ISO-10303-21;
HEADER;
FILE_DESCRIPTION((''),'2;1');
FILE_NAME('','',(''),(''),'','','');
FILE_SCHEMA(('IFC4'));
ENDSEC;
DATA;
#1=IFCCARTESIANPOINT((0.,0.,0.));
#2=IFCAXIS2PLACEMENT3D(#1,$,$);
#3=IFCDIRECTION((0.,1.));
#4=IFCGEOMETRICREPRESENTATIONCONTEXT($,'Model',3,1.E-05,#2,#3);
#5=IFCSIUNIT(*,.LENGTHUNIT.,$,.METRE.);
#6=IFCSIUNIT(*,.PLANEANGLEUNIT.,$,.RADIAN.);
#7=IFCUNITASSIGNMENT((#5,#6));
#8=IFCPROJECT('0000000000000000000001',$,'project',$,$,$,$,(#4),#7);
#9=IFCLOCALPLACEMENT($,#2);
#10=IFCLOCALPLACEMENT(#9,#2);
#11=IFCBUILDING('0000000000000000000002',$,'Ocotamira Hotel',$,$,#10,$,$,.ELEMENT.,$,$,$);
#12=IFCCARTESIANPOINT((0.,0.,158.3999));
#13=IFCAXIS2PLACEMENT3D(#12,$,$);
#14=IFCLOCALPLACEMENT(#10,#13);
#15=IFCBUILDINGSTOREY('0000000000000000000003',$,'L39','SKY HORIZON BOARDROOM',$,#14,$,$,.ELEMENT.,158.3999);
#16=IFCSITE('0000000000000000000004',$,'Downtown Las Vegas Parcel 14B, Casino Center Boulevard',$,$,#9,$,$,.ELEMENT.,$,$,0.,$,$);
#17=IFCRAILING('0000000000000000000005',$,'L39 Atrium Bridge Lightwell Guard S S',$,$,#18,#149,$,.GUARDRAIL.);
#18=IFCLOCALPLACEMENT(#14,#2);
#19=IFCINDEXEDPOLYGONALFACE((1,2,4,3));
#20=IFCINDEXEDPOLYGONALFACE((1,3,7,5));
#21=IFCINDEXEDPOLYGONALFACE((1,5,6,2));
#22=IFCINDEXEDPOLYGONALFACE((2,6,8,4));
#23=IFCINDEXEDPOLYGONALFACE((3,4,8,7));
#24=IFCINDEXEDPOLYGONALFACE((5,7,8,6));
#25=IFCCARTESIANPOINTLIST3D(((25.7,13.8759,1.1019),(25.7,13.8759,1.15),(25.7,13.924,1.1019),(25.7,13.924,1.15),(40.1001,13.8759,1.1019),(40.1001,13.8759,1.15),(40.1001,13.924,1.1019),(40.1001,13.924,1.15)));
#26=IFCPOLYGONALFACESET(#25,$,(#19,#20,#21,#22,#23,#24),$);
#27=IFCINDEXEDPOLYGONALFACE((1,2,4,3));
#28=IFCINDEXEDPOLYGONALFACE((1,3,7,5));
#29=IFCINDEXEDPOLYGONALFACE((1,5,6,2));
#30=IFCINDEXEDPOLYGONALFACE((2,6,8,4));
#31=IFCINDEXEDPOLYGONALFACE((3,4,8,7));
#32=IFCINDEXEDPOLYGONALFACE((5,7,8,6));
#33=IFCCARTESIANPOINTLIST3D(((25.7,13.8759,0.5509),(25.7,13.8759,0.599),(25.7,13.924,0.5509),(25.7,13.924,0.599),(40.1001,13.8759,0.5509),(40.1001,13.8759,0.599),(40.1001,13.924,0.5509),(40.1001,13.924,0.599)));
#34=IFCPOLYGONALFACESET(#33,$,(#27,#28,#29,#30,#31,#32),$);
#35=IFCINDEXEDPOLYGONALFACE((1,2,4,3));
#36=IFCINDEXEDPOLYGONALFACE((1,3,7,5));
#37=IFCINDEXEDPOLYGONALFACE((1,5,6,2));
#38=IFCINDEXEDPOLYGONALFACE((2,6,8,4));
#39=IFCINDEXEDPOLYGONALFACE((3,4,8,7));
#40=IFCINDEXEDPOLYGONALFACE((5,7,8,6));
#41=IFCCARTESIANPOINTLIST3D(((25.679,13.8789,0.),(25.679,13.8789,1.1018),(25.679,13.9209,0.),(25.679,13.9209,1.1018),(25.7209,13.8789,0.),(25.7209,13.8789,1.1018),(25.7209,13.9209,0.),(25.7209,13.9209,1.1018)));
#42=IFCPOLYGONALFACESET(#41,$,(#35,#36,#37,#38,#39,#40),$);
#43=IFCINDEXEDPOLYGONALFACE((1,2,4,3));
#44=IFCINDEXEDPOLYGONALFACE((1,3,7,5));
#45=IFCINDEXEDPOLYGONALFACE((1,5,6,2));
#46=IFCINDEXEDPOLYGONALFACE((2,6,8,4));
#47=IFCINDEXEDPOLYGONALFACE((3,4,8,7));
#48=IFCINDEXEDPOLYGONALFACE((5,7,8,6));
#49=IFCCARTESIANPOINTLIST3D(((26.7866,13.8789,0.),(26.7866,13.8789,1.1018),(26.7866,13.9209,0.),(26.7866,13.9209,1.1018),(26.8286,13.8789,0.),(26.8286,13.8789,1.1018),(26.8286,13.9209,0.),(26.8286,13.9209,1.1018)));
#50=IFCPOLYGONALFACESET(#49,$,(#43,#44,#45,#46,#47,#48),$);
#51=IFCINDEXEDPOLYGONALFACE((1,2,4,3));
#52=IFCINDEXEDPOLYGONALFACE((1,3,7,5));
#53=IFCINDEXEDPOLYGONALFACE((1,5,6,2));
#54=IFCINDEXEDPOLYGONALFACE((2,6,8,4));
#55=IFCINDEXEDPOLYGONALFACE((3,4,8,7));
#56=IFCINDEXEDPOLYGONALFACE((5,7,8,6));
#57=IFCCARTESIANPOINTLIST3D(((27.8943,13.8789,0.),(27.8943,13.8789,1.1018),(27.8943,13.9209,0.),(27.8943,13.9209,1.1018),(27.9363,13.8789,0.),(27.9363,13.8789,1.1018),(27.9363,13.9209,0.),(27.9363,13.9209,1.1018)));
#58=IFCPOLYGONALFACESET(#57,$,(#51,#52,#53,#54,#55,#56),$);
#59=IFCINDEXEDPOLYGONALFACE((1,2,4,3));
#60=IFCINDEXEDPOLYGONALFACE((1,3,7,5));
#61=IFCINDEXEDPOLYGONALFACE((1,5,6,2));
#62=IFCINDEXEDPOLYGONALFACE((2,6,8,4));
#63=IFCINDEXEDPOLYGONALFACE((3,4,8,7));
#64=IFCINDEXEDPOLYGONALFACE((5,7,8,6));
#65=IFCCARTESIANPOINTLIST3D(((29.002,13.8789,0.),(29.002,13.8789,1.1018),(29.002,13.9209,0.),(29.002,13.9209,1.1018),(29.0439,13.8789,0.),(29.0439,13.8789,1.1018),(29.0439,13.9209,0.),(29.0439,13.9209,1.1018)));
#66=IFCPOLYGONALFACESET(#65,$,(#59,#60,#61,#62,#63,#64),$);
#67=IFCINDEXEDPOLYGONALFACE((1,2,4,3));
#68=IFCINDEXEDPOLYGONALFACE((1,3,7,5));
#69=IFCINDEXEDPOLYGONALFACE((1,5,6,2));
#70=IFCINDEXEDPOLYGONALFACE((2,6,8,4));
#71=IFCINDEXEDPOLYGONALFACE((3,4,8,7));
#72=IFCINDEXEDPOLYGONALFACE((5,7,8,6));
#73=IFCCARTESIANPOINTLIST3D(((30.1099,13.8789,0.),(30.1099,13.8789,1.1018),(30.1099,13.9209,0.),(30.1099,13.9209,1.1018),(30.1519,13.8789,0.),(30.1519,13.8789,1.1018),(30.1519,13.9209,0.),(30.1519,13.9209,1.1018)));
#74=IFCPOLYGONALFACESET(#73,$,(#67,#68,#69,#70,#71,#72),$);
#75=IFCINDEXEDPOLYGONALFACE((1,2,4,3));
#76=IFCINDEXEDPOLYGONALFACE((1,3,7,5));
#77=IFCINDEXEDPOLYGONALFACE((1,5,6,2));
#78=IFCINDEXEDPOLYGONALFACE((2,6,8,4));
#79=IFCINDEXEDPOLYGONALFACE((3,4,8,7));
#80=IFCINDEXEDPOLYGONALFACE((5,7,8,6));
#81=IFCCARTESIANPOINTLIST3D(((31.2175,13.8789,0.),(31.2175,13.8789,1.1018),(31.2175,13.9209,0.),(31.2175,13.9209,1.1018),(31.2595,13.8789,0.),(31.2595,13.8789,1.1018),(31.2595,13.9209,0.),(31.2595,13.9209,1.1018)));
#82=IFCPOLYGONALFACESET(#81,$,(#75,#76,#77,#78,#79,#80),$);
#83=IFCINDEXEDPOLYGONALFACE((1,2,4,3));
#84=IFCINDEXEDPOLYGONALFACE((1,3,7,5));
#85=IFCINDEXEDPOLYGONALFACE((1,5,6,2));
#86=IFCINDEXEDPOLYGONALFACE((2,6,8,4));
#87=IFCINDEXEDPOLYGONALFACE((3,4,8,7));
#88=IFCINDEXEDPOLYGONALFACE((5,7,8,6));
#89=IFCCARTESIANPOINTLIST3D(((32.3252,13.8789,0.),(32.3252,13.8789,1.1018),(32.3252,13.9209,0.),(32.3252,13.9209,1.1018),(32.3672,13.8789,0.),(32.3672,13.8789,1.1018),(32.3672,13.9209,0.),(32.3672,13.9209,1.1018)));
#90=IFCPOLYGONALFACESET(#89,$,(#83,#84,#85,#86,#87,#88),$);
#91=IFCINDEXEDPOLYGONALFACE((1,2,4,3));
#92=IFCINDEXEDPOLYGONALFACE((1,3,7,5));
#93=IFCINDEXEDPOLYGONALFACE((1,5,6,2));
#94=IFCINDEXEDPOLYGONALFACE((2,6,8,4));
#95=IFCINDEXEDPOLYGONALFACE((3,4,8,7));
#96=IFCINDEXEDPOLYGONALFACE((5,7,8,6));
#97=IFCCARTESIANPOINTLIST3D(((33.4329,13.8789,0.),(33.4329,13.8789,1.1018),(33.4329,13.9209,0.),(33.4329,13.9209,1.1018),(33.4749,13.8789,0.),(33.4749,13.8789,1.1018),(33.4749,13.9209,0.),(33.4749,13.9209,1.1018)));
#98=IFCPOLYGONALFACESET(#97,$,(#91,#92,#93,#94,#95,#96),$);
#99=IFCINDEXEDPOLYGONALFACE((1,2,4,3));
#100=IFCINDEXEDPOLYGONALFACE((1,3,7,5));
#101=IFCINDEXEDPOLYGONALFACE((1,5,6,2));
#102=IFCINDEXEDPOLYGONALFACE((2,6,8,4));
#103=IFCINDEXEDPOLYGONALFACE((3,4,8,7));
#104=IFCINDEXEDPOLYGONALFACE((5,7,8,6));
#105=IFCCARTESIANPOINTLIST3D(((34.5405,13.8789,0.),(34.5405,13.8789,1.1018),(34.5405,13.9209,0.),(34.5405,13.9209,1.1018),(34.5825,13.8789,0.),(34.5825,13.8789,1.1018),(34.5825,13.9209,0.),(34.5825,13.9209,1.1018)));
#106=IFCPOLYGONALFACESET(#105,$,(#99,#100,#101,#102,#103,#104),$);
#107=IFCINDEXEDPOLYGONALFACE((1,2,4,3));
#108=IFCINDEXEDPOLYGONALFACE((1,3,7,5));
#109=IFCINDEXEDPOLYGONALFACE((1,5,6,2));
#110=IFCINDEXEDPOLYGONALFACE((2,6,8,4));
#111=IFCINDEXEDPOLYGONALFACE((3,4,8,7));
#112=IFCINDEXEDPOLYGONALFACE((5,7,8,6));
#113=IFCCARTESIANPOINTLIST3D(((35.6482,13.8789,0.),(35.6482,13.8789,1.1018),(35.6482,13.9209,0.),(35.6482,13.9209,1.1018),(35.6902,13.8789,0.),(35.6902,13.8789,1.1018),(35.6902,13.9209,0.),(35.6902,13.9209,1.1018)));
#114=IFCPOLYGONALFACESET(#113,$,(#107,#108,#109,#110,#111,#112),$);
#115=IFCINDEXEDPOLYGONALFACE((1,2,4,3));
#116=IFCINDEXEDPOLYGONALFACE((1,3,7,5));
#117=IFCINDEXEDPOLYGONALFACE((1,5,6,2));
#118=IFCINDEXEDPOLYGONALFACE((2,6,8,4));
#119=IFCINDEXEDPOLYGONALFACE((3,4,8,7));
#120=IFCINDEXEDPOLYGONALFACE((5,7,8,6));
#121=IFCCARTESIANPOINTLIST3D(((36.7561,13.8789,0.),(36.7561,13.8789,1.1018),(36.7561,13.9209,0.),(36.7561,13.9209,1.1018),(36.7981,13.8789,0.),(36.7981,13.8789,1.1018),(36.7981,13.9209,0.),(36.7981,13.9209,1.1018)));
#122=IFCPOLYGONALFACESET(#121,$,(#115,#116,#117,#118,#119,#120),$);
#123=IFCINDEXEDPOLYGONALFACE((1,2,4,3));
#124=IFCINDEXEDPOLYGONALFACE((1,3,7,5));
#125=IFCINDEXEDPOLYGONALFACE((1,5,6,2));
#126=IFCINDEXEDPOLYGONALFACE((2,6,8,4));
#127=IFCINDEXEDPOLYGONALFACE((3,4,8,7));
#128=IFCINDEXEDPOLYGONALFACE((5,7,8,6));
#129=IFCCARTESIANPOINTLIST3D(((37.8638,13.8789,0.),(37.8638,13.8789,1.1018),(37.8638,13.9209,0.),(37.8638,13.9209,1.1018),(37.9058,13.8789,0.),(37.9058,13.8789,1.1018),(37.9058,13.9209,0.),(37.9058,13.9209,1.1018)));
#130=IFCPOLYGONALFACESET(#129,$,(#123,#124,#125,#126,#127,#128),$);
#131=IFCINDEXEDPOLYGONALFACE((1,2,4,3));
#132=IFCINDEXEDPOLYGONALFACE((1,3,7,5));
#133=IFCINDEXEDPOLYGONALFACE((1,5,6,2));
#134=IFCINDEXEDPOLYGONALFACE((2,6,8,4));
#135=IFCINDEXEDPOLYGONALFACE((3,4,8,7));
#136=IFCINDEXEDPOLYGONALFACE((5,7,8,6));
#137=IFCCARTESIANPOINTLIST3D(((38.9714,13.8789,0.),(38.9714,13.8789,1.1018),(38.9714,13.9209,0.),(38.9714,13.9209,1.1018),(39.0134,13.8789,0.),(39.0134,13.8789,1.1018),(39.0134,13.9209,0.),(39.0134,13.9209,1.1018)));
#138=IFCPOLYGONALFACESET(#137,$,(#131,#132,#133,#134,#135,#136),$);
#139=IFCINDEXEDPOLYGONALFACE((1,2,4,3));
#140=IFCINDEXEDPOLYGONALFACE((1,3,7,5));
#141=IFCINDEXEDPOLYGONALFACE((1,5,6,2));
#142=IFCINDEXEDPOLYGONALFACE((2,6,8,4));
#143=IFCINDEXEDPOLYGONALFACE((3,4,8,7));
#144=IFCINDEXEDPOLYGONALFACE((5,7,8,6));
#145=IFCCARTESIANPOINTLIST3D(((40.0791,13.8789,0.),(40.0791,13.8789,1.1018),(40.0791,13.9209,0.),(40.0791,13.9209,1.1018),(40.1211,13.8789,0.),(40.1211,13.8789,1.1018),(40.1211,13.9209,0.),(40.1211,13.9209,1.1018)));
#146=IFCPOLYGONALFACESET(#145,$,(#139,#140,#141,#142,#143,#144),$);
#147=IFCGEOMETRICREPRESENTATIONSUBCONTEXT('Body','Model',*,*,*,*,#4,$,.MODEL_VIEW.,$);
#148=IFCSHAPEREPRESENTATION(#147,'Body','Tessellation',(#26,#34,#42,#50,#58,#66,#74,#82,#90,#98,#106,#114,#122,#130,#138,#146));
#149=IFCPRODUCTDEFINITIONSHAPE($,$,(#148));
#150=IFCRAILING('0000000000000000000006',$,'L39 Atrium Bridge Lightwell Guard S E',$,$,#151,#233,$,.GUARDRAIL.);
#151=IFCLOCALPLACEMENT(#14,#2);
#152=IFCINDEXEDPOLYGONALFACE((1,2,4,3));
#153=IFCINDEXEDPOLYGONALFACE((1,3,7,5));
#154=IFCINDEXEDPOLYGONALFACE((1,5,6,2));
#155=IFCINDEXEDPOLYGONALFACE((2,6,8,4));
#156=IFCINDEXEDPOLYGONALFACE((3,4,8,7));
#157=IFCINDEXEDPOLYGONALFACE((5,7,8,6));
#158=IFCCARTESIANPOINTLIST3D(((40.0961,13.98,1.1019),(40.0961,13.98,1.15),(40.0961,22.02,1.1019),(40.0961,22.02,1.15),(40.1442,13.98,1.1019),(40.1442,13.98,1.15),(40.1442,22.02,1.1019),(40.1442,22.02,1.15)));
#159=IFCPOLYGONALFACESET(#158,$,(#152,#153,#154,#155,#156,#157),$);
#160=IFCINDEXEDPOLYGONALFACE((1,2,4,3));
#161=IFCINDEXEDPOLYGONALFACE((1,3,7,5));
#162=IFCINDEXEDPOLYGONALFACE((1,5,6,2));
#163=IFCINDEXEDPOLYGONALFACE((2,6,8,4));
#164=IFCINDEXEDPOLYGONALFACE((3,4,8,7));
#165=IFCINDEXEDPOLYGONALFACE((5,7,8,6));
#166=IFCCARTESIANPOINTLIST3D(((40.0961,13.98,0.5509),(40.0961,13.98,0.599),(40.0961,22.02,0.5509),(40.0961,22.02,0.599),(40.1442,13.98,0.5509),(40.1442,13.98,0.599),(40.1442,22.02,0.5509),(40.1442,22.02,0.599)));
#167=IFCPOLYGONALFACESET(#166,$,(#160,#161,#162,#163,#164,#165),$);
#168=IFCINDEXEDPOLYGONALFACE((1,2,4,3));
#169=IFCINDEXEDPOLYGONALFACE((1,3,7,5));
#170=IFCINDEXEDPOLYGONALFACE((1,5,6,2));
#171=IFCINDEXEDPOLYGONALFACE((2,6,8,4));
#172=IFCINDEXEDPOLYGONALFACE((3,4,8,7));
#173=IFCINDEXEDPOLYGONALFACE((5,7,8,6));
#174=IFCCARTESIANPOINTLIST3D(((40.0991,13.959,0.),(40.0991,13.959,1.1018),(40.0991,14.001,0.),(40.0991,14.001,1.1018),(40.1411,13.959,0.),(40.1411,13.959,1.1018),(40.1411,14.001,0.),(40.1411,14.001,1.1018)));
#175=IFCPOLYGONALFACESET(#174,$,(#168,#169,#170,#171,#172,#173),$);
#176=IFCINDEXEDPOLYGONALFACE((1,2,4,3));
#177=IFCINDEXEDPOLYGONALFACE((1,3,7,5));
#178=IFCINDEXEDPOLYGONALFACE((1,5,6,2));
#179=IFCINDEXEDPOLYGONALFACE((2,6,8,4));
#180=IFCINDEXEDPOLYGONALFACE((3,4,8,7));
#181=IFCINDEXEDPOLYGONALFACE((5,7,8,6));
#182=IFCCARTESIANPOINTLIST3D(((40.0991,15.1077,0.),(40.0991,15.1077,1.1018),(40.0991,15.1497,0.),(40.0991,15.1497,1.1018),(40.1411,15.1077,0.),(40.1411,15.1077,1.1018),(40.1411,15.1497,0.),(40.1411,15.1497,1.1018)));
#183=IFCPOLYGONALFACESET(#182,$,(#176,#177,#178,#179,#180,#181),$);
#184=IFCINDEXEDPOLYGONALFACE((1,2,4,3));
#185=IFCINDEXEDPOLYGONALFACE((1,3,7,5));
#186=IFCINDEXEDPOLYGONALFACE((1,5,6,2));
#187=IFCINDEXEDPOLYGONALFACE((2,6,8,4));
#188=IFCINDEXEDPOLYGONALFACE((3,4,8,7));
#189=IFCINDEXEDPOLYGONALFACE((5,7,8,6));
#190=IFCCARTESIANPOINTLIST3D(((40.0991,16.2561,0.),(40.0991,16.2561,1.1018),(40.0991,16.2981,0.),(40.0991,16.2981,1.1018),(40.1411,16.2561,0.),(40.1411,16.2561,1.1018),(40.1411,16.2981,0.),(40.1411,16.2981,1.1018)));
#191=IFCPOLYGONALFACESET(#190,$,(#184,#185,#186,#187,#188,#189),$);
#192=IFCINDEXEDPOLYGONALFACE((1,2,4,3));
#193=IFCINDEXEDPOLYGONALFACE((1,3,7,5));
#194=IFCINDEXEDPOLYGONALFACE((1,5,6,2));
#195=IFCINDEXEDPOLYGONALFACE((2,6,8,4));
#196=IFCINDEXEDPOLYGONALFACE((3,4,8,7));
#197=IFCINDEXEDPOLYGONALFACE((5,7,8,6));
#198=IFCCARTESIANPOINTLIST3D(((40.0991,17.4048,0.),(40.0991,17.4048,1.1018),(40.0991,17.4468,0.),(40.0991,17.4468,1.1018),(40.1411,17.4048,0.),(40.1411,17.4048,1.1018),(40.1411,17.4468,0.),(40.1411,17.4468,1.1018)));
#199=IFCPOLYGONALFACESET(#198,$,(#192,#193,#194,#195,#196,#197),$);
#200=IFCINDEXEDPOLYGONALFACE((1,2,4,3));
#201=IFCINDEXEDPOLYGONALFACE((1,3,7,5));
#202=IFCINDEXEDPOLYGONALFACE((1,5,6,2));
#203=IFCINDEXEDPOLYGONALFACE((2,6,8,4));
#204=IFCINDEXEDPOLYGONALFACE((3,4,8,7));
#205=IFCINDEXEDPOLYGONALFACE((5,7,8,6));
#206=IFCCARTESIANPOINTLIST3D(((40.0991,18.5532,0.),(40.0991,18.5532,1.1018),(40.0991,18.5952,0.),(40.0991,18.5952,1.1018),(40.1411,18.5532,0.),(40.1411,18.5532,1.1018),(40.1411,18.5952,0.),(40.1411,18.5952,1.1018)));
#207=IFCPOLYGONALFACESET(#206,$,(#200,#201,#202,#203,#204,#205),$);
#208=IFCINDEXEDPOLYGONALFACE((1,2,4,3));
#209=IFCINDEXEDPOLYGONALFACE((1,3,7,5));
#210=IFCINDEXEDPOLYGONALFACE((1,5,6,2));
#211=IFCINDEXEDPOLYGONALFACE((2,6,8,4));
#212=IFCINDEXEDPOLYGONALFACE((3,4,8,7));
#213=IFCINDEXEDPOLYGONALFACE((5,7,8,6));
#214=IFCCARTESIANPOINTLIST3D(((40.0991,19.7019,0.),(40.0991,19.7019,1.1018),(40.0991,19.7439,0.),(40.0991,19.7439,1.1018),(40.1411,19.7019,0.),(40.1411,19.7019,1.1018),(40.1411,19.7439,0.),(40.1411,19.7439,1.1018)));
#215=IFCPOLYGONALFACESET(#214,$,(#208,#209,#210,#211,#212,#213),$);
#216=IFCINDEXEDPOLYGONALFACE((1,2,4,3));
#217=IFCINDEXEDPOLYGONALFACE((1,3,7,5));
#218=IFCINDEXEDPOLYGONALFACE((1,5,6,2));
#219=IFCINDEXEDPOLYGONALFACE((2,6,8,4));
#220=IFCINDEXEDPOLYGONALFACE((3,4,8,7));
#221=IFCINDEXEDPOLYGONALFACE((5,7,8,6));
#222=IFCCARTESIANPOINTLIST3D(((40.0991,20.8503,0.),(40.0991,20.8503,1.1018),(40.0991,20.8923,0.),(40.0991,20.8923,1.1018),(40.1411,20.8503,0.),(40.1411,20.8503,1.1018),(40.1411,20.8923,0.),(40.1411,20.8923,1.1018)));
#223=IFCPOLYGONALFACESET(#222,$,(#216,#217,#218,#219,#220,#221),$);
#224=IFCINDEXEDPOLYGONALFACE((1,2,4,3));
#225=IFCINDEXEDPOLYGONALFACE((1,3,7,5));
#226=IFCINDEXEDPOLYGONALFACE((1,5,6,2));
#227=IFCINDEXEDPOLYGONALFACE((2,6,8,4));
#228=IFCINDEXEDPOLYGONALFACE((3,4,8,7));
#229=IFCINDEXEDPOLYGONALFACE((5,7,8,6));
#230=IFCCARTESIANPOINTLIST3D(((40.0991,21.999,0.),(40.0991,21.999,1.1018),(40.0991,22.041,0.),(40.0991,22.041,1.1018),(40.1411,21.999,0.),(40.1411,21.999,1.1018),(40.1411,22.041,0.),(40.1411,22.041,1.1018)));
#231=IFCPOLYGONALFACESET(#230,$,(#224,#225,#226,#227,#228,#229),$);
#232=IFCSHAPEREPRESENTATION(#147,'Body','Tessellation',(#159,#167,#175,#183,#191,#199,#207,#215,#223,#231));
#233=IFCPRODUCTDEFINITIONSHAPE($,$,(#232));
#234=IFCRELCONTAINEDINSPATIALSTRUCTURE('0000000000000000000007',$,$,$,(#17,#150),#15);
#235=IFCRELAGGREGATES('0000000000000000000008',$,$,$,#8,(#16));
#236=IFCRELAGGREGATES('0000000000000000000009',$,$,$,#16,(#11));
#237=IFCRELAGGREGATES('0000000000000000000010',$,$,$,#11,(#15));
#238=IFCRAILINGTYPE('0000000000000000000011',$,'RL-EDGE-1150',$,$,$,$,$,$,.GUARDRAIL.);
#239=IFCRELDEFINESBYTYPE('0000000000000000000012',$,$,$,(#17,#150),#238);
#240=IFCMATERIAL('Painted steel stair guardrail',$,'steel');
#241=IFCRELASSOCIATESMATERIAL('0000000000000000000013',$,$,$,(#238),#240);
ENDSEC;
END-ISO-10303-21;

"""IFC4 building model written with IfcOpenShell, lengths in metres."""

from ifc_helpers import new_model, si_unit, direction, frame, origin, origin_2d, place, context, subcontext, project, spatial, rectangle, extrude, material, type_object, element, save


model = new_model("IFC4")

# Units and contexts
model_context = context("Model", 3, precision=1e-05, world=origin(), true_north=direction((0.0, 1.0)))
body_context = subcontext(model_context, "Body", "Model", "MODEL_VIEW")
ifc_project = project(units=[si_unit("LENGTHUNIT", "METRE"), si_unit("PLANEANGLEUNIT", "RADIAN")], contexts=[model_context])

# Site, building, storey
site_placement = place(None, origin())
site = spatial("IfcSite", under=ifc_project, at=site_placement, Name="Downtown Las Vegas Parcel 14B, Casino Center Boulevard", CompositionType="ELEMENT", RefElevation=0.0)
building_placement = place(site_placement, origin())
building = spatial("IfcBuilding", under=site, at=building_placement, Name="Ocotamira Hotel", CompositionType="ELEMENT")
storey_placement = place(building_placement, frame((0.0, 0.0, 158.3999)))
storey = spatial("IfcBuildingStorey", under=building, at=storey_placement, Name="L39", Description="SKY HORIZON BOARDROOM", CompositionType="ELEMENT", Elevation=158.3999)

# Railings
ifc_material_1 = material(Name="Painted steel stair guardrail", Category="steel")
railing_type = type_object("IfcRailingType", Name="RL-EDGE-1150", PredefinedType="GUARDRAIL", material=ifc_material_1)
railing_1_placement = place(storey_placement, frame((25.7, 13.8999, 0.0)))
element("IfcRailing", 1, at=railing_1_placement, inside=storey, type_object=railing_type, Name="L39 Atrium Bridge Lightwell Guard S S", PredefinedType="GUARDRAIL", context=body_context, shape_type="SweptSolid", body=[
    extrude(rectangle(XDim=0.0481, YDim=0.0481, at=origin_2d()), frame((0.0, 0.0, 1.126), z_axis=(1.0, 0.0, 0.0), x_axis=(0.0, 1.0, 0.0)), (0.0, 0.0, 1.0), 14.4001),
    extrude(rectangle(XDim=0.0481, YDim=0.0481, at=origin_2d()), frame((0.0, 0.0, 0.575), z_axis=(1.0, 0.0, 0.0), x_axis=(0.0, 1.0, 0.0)), (0.0, 0.0, 1.0), 14.4001),
    extrude(rectangle(XDim=0.042, YDim=0.042, at=origin_2d()), origin(), (0.0, 0.0, 1.0), 1.1018),
    extrude(rectangle(XDim=0.042, YDim=0.042, at=origin_2d()), frame((1.1077, 0.0, 0.0)), (0.0, 0.0, 1.0), 1.1018),
    extrude(rectangle(XDim=0.042, YDim=0.042, at=origin_2d()), frame((2.2153, 0.0, 0.0)), (0.0, 0.0, 1.0), 1.1018),
    extrude(rectangle(XDim=0.042, YDim=0.042, at=origin_2d()), frame((3.323, 0.0, 0.0)), (0.0, 0.0, 1.0), 1.1018),
    extrude(rectangle(XDim=0.042, YDim=0.042, at=origin_2d()), frame((4.4309, 0.0, 0.0)), (0.0, 0.0, 1.0), 1.1018),
    extrude(rectangle(XDim=0.042, YDim=0.042, at=origin_2d()), frame((5.5386, 0.0, 0.0)), (0.0, 0.0, 1.0), 1.1018),
    extrude(rectangle(XDim=0.042, YDim=0.042, at=origin_2d()), frame((6.6462, 0.0, 0.0)), (0.0, 0.0, 1.0), 1.1018),
    extrude(rectangle(XDim=0.042, YDim=0.042, at=origin_2d()), frame((7.7539, 0.0, 0.0)), (0.0, 0.0, 1.0), 1.1018),
    extrude(rectangle(XDim=0.042, YDim=0.042, at=origin_2d()), frame((8.8616, 0.0, 0.0)), (0.0, 0.0, 1.0), 1.1018),
    extrude(rectangle(XDim=0.042, YDim=0.042, at=origin_2d()), frame((9.9692, 0.0, 0.0)), (0.0, 0.0, 1.0), 1.1018),
    extrude(rectangle(XDim=0.042, YDim=0.042, at=origin_2d()), frame((11.0771, 0.0, 0.0)), (0.0, 0.0, 1.0), 1.1018),
    extrude(rectangle(XDim=0.042, YDim=0.042, at=origin_2d()), frame((12.1848, 0.0, 0.0)), (0.0, 0.0, 1.0), 1.1018),
    extrude(rectangle(XDim=0.042, YDim=0.042, at=origin_2d()), frame((13.2925, 0.0, 0.0)), (0.0, 0.0, 1.0), 1.1018),
    extrude(rectangle(XDim=0.042, YDim=0.042, at=origin_2d()), frame((14.4001, 0.0, 0.0)), (0.0, 0.0, 1.0), 1.1018),
])
railing_2_placement = place(storey_placement, frame((40.1201, 13.98, 0.0)))
element("IfcRailing", 2, at=railing_2_placement, inside=storey, type_object=railing_type, Name="L39 Atrium Bridge Lightwell Guard S E", PredefinedType="GUARDRAIL", context=body_context, shape_type="SweptSolid", body=[
    extrude(rectangle(XDim=0.0481, YDim=0.0481, at=origin_2d()), frame((0.0, 0.0, 1.126), z_axis=(0.0, 1.0, 0.0), x_axis=(-1.0, 0.0, 0.0)), (0.0, 0.0, 1.0), 8.04),
    extrude(rectangle(XDim=0.0481, YDim=0.0481, at=origin_2d()), frame((0.0, 0.0, 0.575), z_axis=(0.0, 1.0, 0.0), x_axis=(-1.0, 0.0, 0.0)), (0.0, 0.0, 1.0), 8.04),
    extrude(rectangle(XDim=0.042, YDim=0.042, at=origin_2d()), origin(), (0.0, 0.0, 1.0), 1.1018),
    extrude(rectangle(XDim=0.042, YDim=0.042, at=origin_2d()), frame((0.0, 1.1487, 0.0)), (0.0, 0.0, 1.0), 1.1018),
    extrude(rectangle(XDim=0.042, YDim=0.042, at=origin_2d()), frame((0.0, 2.2971, 0.0)), (0.0, 0.0, 1.0), 1.1018),
    extrude(rectangle(XDim=0.042, YDim=0.042, at=origin_2d()), frame((0.0, 3.4458, 0.0)), (0.0, 0.0, 1.0), 1.1018),
    extrude(rectangle(XDim=0.042, YDim=0.042, at=origin_2d()), frame((0.0, 4.5942, 0.0)), (0.0, 0.0, 1.0), 1.1018),
    extrude(rectangle(XDim=0.042, YDim=0.042, at=origin_2d()), frame((0.0, 5.7429, 0.0)), (0.0, 0.0, 1.0), 1.1018),
    extrude(rectangle(XDim=0.042, YDim=0.042, at=origin_2d()), frame((0.0, 6.8914, 0.0)), (0.0, 0.0, 1.0), 1.1018),
    extrude(rectangle(XDim=0.042, YDim=0.042, at=origin_2d()), frame((0.0, 8.04, 0.0)), (0.0, 0.0, 1.0), 1.1018),
])

save(model, "model.ifc")
